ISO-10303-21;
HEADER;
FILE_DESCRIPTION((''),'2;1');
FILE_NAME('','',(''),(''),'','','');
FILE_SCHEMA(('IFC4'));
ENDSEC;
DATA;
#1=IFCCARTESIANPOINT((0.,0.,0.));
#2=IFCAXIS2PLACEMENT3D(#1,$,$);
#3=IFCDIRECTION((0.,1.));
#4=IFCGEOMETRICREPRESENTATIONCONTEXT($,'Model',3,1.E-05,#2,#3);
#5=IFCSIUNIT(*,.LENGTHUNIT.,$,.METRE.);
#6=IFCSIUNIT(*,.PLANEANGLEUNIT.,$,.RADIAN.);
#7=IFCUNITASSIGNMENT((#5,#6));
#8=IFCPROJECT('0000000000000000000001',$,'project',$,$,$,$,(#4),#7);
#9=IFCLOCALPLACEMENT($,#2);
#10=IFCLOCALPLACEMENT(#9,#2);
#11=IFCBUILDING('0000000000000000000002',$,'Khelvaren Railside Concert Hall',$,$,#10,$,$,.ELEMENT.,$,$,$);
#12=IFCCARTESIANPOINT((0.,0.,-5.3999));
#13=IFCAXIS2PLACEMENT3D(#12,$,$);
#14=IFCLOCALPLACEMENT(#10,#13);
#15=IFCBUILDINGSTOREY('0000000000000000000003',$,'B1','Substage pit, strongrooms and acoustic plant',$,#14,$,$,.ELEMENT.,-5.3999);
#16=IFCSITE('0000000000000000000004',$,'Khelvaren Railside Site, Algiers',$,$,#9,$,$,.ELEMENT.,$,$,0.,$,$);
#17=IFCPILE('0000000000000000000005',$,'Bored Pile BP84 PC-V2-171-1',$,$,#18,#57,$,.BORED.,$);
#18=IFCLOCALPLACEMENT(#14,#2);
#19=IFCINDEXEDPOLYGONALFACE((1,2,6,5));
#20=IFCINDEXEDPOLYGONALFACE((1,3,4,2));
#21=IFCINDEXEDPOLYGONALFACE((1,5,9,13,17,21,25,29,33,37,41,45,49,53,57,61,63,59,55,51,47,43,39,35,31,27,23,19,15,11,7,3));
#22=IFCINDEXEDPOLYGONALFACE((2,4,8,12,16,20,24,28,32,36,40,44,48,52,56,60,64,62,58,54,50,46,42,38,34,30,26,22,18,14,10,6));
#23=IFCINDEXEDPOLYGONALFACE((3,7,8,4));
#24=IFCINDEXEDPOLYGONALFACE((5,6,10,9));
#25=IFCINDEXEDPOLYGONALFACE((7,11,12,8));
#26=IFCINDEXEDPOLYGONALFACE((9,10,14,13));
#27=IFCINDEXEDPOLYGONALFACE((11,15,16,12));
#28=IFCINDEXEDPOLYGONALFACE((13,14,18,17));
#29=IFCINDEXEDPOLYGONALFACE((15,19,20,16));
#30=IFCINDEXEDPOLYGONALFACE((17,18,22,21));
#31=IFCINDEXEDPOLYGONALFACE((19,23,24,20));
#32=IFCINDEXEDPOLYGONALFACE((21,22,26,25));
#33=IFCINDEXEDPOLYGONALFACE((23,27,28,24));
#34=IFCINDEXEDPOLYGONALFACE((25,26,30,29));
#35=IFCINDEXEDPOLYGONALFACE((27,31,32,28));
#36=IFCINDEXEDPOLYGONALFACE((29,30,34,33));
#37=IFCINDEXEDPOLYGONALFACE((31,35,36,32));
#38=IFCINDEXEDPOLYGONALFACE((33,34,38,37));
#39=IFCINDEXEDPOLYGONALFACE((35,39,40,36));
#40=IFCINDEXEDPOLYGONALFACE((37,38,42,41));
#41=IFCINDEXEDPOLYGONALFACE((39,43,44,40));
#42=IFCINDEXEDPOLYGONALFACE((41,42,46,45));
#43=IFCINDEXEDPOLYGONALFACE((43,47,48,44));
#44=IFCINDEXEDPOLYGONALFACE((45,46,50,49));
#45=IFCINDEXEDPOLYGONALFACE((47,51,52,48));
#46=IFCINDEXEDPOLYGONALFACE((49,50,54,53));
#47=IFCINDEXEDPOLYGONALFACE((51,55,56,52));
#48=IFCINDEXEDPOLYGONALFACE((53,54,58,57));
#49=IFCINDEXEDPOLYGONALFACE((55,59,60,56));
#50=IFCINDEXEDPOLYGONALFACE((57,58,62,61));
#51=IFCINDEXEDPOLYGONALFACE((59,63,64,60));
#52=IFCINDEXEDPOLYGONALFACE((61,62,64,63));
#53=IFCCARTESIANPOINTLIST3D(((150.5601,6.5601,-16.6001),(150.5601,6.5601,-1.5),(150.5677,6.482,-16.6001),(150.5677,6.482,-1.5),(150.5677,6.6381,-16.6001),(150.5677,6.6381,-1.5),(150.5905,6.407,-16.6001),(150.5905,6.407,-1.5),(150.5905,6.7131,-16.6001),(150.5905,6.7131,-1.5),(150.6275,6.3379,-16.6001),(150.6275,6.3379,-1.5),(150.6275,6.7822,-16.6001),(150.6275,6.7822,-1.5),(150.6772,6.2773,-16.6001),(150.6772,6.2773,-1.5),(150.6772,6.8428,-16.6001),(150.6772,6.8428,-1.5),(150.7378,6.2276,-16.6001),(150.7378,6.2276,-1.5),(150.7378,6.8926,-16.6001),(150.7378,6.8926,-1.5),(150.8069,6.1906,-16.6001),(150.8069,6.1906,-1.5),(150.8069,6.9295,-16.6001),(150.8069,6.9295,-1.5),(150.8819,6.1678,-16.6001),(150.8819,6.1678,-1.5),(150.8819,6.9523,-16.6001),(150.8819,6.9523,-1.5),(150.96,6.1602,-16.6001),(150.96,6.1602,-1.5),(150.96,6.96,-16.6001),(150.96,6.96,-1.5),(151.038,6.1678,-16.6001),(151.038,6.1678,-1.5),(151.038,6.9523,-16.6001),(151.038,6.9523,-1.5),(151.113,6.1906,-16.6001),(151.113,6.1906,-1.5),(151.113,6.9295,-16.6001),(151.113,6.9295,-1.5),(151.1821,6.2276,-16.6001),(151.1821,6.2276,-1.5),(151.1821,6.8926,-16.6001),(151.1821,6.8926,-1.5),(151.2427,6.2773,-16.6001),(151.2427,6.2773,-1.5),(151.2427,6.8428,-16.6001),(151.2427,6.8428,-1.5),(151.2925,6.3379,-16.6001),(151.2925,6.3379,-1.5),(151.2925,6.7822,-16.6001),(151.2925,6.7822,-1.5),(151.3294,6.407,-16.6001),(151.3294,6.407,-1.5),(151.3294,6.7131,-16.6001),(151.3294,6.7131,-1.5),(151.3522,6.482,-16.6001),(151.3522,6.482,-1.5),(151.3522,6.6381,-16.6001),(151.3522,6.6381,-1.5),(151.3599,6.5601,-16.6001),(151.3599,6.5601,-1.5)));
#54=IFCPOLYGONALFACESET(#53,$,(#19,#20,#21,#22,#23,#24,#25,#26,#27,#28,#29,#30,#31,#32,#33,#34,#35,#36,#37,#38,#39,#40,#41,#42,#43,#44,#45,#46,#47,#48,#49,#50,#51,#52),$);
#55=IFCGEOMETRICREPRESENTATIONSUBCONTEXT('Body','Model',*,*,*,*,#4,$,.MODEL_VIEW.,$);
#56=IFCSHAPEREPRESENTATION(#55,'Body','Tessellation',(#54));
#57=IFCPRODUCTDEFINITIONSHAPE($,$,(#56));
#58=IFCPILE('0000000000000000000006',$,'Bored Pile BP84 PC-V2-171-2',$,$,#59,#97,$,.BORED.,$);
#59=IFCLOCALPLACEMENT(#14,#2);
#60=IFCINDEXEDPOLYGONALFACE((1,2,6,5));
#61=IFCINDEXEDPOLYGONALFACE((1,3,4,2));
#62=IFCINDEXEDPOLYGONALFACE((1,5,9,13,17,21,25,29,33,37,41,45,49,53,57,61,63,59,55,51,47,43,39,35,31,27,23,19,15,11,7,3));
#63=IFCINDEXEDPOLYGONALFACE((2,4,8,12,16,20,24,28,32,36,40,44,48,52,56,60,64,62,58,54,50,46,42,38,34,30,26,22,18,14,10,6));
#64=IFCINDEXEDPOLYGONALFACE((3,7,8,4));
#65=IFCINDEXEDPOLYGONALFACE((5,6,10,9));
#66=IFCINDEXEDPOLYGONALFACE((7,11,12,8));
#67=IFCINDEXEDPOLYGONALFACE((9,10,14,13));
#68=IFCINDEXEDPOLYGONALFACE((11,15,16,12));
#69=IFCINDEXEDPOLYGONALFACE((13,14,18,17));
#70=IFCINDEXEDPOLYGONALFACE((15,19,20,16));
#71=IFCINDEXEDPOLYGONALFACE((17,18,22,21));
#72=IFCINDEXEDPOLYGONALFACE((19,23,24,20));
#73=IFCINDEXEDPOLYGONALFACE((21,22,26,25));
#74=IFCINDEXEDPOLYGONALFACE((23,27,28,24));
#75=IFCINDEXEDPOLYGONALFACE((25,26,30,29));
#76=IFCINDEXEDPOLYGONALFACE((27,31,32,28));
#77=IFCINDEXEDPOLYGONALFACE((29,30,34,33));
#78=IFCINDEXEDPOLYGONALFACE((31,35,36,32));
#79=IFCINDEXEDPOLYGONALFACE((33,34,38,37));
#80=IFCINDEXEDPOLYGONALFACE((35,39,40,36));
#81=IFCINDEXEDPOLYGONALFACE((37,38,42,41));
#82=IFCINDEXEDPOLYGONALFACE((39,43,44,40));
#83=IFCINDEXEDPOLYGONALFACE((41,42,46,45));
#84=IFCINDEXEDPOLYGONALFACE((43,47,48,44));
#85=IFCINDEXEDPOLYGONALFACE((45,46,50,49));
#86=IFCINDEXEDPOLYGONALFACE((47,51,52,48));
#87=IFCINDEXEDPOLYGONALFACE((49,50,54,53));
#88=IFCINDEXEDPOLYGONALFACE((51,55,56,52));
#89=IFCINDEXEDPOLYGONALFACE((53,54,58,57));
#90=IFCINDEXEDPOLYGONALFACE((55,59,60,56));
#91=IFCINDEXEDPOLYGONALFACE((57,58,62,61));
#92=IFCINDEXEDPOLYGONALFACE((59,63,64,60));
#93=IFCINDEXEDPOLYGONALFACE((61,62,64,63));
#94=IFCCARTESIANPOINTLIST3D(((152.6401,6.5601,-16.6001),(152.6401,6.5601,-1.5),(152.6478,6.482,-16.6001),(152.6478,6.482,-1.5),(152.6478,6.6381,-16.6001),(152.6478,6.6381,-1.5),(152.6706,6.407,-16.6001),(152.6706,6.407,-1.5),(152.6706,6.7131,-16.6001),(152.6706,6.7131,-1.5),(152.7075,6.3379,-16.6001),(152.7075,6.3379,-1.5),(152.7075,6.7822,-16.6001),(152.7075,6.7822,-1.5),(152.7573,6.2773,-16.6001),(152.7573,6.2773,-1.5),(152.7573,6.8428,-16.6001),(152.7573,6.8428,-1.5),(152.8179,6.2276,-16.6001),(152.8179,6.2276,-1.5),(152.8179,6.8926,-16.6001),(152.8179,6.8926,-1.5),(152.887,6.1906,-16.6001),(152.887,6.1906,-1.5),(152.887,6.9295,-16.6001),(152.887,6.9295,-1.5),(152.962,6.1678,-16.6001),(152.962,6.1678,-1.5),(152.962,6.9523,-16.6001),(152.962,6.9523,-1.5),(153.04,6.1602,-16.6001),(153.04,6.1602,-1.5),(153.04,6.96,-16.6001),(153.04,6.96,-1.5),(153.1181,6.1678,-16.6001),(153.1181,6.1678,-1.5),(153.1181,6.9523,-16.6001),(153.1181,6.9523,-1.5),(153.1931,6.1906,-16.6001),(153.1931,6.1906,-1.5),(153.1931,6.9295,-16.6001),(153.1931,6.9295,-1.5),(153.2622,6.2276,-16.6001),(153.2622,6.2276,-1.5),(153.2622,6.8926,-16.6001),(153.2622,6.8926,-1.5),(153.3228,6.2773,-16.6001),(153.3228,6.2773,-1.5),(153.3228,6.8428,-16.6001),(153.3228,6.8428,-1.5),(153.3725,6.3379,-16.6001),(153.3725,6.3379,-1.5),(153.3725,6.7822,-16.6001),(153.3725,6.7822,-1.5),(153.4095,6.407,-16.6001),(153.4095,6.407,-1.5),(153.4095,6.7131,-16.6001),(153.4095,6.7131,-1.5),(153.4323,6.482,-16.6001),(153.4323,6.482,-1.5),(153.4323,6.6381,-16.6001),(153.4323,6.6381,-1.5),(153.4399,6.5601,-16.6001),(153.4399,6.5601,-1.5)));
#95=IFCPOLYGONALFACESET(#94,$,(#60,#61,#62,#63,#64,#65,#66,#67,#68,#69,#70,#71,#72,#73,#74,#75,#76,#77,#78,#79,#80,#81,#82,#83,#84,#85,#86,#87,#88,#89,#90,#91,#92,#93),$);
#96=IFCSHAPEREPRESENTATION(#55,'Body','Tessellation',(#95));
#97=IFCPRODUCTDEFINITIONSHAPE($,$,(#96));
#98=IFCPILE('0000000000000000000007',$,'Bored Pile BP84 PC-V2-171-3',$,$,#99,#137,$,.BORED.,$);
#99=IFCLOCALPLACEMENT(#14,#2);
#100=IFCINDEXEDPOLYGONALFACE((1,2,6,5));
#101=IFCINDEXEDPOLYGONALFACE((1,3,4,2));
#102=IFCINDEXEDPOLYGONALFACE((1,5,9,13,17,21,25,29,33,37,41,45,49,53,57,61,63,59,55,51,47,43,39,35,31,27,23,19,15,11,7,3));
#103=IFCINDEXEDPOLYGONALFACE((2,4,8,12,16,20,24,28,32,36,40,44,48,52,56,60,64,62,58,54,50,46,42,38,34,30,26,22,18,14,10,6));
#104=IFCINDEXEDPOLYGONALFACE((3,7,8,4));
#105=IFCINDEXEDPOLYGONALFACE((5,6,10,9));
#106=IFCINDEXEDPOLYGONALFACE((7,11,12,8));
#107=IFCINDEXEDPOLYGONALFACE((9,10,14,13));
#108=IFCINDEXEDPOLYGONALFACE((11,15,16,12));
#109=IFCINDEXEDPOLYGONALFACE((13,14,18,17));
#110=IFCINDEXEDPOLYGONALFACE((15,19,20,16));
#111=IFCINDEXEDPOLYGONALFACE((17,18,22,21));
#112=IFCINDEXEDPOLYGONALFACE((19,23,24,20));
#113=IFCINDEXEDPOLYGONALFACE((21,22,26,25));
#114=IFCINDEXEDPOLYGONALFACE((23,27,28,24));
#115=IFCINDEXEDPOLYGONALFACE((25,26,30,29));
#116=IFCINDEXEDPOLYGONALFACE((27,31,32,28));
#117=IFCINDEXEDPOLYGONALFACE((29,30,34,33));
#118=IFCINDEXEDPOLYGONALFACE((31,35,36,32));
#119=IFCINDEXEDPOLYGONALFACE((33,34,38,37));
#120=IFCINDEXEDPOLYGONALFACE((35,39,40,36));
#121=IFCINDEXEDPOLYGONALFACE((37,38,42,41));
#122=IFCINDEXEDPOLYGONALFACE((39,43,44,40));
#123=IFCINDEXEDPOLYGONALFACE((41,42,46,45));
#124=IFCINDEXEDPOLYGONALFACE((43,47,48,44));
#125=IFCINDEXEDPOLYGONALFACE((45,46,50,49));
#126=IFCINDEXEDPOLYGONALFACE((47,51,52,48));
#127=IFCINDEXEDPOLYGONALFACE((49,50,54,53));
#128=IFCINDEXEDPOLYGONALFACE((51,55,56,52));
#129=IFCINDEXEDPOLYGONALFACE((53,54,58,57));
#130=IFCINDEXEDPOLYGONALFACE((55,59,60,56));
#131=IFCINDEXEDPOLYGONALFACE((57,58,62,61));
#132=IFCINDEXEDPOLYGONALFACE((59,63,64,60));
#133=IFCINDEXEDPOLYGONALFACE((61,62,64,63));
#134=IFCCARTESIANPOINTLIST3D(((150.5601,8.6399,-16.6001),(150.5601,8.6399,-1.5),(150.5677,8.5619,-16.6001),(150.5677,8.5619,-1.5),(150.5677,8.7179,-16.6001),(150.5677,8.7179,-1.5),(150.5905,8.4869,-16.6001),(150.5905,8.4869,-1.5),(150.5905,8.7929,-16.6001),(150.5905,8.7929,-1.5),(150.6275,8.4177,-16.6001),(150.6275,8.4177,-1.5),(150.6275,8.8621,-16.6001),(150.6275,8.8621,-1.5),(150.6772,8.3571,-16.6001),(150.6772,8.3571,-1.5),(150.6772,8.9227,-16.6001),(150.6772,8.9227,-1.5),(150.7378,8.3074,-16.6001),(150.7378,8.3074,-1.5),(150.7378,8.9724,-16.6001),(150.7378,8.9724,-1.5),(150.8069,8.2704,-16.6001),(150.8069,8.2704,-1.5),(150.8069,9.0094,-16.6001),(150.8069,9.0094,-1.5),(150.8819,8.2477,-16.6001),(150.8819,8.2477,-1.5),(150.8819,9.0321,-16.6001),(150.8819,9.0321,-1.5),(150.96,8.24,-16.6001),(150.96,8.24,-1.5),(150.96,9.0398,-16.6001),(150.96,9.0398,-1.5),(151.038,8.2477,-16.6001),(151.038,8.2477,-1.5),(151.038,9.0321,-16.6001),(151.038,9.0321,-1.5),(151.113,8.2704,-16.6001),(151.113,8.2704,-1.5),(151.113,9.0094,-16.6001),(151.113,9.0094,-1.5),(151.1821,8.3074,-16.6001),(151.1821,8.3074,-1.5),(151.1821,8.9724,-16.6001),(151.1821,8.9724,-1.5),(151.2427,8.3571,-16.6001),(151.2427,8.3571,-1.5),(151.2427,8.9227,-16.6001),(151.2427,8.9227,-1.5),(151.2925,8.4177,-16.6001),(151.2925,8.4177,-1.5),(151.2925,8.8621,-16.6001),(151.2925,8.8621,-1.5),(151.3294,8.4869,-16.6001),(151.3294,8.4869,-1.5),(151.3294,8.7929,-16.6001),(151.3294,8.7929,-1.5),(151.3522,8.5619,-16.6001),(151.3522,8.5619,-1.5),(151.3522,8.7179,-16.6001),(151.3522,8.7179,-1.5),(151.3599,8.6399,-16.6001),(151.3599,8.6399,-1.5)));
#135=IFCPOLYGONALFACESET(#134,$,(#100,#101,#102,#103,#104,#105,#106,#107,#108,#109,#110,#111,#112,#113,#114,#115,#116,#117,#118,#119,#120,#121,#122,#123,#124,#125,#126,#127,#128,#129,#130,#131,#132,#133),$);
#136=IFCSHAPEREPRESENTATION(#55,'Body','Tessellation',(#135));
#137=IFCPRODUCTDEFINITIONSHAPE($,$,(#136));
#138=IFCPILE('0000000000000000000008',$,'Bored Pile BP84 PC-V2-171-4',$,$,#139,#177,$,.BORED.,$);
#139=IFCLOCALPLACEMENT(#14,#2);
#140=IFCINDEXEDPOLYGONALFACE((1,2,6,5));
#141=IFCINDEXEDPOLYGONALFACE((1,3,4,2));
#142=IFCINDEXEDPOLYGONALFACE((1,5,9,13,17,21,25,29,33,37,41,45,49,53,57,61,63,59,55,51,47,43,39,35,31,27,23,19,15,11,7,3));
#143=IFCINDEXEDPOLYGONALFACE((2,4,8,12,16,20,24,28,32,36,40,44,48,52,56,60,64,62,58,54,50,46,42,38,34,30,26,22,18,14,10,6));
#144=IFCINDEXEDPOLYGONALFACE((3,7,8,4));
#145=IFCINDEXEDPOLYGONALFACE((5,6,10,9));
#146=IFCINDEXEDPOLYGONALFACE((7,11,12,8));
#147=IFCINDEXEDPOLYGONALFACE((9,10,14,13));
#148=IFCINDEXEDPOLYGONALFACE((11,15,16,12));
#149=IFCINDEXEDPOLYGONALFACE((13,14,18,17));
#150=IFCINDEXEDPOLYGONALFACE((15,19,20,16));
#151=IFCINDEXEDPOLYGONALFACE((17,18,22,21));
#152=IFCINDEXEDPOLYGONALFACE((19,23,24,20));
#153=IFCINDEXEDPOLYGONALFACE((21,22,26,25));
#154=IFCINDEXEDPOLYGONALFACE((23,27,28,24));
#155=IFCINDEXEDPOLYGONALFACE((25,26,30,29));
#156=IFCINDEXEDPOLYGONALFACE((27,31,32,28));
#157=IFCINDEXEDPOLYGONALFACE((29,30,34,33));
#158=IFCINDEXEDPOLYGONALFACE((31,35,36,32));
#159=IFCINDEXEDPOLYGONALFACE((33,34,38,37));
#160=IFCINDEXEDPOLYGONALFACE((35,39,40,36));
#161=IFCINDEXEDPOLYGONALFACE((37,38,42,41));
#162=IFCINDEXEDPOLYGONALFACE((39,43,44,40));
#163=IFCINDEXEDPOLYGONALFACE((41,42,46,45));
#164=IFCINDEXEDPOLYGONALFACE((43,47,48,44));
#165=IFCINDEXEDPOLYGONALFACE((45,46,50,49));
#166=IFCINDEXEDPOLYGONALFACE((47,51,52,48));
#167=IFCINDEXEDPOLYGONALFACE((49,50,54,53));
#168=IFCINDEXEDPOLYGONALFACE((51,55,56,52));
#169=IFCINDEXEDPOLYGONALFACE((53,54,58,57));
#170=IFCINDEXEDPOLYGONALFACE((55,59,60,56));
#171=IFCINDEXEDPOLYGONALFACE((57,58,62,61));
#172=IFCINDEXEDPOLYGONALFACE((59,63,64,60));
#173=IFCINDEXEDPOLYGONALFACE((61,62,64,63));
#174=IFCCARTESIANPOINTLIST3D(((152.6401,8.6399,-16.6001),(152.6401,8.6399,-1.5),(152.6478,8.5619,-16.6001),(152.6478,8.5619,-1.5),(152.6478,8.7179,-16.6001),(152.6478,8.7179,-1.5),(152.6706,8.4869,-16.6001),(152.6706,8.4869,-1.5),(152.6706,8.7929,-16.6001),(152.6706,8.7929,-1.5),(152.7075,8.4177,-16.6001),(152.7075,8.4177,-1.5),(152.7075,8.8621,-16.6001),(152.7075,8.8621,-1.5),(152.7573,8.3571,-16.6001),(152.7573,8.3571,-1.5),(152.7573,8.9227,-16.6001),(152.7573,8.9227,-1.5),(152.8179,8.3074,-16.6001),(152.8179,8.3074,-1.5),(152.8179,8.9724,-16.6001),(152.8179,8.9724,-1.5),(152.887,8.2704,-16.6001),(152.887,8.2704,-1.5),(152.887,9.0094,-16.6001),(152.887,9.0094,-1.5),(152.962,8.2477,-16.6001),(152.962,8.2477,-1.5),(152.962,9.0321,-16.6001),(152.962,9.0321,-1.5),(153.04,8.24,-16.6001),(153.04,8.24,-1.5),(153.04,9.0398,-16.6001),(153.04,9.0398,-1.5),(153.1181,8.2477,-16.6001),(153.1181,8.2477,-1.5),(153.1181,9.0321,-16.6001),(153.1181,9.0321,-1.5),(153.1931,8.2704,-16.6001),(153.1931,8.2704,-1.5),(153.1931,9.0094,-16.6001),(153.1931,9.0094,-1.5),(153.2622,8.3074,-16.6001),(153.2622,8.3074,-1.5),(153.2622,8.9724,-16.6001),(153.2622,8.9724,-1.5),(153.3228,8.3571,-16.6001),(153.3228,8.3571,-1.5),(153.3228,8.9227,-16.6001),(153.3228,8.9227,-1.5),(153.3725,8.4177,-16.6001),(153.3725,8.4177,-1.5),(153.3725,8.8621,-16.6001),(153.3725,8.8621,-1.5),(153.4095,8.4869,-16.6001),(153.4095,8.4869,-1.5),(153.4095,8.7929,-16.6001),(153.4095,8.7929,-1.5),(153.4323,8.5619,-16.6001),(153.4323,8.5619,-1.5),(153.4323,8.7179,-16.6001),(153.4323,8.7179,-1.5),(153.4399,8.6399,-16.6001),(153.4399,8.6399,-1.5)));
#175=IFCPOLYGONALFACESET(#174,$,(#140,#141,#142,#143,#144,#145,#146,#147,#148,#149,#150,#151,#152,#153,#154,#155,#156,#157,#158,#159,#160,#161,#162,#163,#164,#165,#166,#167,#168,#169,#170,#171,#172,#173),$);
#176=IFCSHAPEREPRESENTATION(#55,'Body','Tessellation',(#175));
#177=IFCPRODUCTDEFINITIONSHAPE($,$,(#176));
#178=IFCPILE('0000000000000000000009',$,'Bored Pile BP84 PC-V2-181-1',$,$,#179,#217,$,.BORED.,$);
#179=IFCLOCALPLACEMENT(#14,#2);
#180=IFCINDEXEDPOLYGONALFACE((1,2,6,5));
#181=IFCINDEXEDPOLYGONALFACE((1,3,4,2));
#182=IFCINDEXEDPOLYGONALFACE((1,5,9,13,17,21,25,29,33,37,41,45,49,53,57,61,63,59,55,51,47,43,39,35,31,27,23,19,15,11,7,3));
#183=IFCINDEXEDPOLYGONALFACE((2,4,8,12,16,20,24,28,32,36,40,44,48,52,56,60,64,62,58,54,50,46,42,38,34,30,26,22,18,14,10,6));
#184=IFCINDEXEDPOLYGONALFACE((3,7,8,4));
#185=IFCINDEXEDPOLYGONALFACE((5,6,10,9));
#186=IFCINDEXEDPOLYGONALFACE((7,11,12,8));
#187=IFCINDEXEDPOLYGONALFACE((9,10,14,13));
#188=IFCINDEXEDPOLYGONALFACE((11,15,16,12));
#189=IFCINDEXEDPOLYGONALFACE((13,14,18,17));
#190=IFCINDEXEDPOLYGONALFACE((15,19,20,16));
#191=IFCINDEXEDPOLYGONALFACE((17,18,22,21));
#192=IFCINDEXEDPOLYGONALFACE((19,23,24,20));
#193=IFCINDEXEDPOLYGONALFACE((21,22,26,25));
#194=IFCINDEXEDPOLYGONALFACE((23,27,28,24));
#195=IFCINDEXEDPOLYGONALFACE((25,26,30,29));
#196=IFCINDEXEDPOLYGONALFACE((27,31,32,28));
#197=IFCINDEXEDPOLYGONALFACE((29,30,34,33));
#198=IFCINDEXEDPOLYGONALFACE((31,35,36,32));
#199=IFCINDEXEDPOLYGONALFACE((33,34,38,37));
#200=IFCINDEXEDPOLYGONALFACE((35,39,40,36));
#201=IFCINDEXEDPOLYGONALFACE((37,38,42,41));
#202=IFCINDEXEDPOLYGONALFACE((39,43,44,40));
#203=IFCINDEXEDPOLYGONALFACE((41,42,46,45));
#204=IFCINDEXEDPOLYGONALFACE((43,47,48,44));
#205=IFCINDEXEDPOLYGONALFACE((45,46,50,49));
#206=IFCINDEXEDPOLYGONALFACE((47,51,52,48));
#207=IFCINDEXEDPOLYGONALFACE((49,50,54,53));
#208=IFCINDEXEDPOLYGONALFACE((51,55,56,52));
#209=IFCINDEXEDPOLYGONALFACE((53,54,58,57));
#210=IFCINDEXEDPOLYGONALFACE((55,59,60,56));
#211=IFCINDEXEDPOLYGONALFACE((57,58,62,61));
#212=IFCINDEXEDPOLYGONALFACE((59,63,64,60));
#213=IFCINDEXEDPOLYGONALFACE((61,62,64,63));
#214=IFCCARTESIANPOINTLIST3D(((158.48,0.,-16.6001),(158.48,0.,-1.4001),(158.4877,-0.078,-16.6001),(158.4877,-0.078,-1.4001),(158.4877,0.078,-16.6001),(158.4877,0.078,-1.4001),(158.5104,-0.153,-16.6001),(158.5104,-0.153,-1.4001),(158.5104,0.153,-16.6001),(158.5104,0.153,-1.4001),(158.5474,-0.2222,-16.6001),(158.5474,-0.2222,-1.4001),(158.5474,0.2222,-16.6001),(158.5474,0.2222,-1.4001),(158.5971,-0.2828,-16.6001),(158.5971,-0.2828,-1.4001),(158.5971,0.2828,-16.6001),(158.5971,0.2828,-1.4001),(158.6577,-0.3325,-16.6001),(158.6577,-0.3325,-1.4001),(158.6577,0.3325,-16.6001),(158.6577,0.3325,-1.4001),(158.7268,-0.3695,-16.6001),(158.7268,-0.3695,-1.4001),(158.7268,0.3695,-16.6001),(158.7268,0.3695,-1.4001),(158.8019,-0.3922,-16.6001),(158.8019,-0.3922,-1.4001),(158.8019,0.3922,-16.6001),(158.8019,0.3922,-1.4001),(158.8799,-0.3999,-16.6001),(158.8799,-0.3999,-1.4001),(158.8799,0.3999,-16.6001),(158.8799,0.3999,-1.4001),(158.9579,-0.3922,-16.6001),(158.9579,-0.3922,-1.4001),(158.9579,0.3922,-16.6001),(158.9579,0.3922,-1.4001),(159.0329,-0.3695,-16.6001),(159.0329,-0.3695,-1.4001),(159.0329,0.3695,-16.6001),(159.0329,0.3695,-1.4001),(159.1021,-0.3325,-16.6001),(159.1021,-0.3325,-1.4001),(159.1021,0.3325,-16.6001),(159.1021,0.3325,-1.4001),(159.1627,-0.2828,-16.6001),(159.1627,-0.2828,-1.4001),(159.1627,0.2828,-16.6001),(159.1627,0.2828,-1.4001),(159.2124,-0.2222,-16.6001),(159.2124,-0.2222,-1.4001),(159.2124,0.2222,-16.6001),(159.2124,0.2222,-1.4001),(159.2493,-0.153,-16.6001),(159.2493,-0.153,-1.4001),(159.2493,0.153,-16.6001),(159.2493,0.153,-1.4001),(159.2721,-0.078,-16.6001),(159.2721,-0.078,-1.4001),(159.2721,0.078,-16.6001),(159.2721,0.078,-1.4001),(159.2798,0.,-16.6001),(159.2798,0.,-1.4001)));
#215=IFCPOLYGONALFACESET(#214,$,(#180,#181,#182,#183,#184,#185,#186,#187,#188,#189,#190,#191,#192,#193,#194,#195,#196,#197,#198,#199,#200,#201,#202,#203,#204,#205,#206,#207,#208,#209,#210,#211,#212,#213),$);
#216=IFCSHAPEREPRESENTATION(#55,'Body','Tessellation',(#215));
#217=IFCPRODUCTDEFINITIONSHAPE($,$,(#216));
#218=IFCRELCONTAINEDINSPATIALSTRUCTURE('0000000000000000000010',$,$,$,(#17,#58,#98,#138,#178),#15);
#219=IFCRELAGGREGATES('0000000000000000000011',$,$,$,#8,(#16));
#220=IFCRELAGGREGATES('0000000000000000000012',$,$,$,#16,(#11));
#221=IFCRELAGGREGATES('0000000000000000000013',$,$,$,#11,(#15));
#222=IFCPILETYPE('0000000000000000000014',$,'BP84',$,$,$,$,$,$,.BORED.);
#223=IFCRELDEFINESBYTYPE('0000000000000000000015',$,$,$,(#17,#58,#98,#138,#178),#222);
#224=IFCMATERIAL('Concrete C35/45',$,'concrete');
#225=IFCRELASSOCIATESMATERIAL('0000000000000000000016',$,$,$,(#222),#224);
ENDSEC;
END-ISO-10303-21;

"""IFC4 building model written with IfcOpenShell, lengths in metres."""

from ifc_helpers import new_model, si_unit, direction, frame, origin, origin_2d, place, context, subcontext, project, spatial, circle, extrude, material, material_profile, profile_set, type_object, element, save


model = new_model("IFC4")

# Units and contexts
model_context = context("Model", 3, precision=1e-05, world=origin(), true_north=direction((0.0, 1.0)))
body_context = subcontext(model_context, "Body", "Model", "MODEL_VIEW")
ifc_project = project(units=[si_unit("LENGTHUNIT", "METRE"), si_unit("PLANEANGLEUNIT", "RADIAN")], contexts=[model_context])

# Site, building, storey
site_placement = place(None, origin())
site = spatial("IfcSite", under=ifc_project, at=site_placement, Name="Khelvaren Railside Site, Algiers", CompositionType="ELEMENT", RefElevation=0.0)
building_placement = place(site_placement, origin())
building = spatial("IfcBuilding", under=site, at=building_placement, Name="Khelvaren Railside Concert Hall", CompositionType="ELEMENT")
storey_placement = place(building_placement, frame((0.0, 0.0, -5.3999)))
storey = spatial("IfcBuildingStorey", under=building, at=storey_placement, Name="B1", Description="Substage pit, strongrooms and acoustic plant", CompositionType="ELEMENT", Elevation=-5.3999)

# Piles
ifc_material_1 = material(Name="Concrete C35/45", Category="concrete")
ifc_material_profile_1 = material_profile(ifc_material_1, circle(Radius=0.3999, at=origin_2d()), Name="BP D800")
ifc_profile_set_1 = profile_set([ifc_material_profile_1], Name="Concrete C35/45")
pile_type_1 = type_object("IfcPileType", Name="BP84", PredefinedType="BORED", material=ifc_profile_set_1)
for number, where, z_axis, x_axis, name in (
    (1, (150.96, 6.5601, -1.5), (0.0, 0.0, -1.0), (1.0, 0.0, 0.0), "Bored Pile BP84 PC-V2-171-1"),
    (2, (153.04, 6.5601, -1.5), (0.0, 0.0, -1.0), (1.0, 0.0, 0.0), "Bored Pile BP84 PC-V2-171-2"),
    (3, (150.96, 8.6399, -1.5), (0.0, 0.0, -1.0), (1.0, 0.0, 0.0), "Bored Pile BP84 PC-V2-171-3"),
    (4, (153.04, 8.6399, -1.5), (0.0, 0.0, -1.0), (1.0, 0.0, 0.0), "Bored Pile BP84 PC-V2-171-4"),
):
    element("IfcPile", number, at=place(storey_placement, frame(where, z_axis=z_axis, x_axis=x_axis)), inside=storey, type_object=pile_type_1, Name=name, PredefinedType="BORED", context=body_context, shape_type="SweptSolid", body=[
        extrude(circle(Radius=0.3999, at=origin_2d()), origin(), (0.0, 0.0, 1.0), 15.1001),
    ])
pile_1_placement = place(storey_placement, frame((158.8799, 0.0, -1.4001), z_axis=(0.0, 0.0, -1.0), x_axis=(1.0, 0.0, 0.0)))
element("IfcPile", 5, at=pile_1_placement, inside=storey, type_object=pile_type_1, Name="Bored Pile BP84 PC-V2-181-1", PredefinedType="BORED", context=body_context, shape_type="SweptSolid", body=[
    extrude(circle(Radius=0.3999, at=origin_2d()), origin(), (0.0, 0.0, 1.0), 15.2),
])

save(model, "model.ifc")
